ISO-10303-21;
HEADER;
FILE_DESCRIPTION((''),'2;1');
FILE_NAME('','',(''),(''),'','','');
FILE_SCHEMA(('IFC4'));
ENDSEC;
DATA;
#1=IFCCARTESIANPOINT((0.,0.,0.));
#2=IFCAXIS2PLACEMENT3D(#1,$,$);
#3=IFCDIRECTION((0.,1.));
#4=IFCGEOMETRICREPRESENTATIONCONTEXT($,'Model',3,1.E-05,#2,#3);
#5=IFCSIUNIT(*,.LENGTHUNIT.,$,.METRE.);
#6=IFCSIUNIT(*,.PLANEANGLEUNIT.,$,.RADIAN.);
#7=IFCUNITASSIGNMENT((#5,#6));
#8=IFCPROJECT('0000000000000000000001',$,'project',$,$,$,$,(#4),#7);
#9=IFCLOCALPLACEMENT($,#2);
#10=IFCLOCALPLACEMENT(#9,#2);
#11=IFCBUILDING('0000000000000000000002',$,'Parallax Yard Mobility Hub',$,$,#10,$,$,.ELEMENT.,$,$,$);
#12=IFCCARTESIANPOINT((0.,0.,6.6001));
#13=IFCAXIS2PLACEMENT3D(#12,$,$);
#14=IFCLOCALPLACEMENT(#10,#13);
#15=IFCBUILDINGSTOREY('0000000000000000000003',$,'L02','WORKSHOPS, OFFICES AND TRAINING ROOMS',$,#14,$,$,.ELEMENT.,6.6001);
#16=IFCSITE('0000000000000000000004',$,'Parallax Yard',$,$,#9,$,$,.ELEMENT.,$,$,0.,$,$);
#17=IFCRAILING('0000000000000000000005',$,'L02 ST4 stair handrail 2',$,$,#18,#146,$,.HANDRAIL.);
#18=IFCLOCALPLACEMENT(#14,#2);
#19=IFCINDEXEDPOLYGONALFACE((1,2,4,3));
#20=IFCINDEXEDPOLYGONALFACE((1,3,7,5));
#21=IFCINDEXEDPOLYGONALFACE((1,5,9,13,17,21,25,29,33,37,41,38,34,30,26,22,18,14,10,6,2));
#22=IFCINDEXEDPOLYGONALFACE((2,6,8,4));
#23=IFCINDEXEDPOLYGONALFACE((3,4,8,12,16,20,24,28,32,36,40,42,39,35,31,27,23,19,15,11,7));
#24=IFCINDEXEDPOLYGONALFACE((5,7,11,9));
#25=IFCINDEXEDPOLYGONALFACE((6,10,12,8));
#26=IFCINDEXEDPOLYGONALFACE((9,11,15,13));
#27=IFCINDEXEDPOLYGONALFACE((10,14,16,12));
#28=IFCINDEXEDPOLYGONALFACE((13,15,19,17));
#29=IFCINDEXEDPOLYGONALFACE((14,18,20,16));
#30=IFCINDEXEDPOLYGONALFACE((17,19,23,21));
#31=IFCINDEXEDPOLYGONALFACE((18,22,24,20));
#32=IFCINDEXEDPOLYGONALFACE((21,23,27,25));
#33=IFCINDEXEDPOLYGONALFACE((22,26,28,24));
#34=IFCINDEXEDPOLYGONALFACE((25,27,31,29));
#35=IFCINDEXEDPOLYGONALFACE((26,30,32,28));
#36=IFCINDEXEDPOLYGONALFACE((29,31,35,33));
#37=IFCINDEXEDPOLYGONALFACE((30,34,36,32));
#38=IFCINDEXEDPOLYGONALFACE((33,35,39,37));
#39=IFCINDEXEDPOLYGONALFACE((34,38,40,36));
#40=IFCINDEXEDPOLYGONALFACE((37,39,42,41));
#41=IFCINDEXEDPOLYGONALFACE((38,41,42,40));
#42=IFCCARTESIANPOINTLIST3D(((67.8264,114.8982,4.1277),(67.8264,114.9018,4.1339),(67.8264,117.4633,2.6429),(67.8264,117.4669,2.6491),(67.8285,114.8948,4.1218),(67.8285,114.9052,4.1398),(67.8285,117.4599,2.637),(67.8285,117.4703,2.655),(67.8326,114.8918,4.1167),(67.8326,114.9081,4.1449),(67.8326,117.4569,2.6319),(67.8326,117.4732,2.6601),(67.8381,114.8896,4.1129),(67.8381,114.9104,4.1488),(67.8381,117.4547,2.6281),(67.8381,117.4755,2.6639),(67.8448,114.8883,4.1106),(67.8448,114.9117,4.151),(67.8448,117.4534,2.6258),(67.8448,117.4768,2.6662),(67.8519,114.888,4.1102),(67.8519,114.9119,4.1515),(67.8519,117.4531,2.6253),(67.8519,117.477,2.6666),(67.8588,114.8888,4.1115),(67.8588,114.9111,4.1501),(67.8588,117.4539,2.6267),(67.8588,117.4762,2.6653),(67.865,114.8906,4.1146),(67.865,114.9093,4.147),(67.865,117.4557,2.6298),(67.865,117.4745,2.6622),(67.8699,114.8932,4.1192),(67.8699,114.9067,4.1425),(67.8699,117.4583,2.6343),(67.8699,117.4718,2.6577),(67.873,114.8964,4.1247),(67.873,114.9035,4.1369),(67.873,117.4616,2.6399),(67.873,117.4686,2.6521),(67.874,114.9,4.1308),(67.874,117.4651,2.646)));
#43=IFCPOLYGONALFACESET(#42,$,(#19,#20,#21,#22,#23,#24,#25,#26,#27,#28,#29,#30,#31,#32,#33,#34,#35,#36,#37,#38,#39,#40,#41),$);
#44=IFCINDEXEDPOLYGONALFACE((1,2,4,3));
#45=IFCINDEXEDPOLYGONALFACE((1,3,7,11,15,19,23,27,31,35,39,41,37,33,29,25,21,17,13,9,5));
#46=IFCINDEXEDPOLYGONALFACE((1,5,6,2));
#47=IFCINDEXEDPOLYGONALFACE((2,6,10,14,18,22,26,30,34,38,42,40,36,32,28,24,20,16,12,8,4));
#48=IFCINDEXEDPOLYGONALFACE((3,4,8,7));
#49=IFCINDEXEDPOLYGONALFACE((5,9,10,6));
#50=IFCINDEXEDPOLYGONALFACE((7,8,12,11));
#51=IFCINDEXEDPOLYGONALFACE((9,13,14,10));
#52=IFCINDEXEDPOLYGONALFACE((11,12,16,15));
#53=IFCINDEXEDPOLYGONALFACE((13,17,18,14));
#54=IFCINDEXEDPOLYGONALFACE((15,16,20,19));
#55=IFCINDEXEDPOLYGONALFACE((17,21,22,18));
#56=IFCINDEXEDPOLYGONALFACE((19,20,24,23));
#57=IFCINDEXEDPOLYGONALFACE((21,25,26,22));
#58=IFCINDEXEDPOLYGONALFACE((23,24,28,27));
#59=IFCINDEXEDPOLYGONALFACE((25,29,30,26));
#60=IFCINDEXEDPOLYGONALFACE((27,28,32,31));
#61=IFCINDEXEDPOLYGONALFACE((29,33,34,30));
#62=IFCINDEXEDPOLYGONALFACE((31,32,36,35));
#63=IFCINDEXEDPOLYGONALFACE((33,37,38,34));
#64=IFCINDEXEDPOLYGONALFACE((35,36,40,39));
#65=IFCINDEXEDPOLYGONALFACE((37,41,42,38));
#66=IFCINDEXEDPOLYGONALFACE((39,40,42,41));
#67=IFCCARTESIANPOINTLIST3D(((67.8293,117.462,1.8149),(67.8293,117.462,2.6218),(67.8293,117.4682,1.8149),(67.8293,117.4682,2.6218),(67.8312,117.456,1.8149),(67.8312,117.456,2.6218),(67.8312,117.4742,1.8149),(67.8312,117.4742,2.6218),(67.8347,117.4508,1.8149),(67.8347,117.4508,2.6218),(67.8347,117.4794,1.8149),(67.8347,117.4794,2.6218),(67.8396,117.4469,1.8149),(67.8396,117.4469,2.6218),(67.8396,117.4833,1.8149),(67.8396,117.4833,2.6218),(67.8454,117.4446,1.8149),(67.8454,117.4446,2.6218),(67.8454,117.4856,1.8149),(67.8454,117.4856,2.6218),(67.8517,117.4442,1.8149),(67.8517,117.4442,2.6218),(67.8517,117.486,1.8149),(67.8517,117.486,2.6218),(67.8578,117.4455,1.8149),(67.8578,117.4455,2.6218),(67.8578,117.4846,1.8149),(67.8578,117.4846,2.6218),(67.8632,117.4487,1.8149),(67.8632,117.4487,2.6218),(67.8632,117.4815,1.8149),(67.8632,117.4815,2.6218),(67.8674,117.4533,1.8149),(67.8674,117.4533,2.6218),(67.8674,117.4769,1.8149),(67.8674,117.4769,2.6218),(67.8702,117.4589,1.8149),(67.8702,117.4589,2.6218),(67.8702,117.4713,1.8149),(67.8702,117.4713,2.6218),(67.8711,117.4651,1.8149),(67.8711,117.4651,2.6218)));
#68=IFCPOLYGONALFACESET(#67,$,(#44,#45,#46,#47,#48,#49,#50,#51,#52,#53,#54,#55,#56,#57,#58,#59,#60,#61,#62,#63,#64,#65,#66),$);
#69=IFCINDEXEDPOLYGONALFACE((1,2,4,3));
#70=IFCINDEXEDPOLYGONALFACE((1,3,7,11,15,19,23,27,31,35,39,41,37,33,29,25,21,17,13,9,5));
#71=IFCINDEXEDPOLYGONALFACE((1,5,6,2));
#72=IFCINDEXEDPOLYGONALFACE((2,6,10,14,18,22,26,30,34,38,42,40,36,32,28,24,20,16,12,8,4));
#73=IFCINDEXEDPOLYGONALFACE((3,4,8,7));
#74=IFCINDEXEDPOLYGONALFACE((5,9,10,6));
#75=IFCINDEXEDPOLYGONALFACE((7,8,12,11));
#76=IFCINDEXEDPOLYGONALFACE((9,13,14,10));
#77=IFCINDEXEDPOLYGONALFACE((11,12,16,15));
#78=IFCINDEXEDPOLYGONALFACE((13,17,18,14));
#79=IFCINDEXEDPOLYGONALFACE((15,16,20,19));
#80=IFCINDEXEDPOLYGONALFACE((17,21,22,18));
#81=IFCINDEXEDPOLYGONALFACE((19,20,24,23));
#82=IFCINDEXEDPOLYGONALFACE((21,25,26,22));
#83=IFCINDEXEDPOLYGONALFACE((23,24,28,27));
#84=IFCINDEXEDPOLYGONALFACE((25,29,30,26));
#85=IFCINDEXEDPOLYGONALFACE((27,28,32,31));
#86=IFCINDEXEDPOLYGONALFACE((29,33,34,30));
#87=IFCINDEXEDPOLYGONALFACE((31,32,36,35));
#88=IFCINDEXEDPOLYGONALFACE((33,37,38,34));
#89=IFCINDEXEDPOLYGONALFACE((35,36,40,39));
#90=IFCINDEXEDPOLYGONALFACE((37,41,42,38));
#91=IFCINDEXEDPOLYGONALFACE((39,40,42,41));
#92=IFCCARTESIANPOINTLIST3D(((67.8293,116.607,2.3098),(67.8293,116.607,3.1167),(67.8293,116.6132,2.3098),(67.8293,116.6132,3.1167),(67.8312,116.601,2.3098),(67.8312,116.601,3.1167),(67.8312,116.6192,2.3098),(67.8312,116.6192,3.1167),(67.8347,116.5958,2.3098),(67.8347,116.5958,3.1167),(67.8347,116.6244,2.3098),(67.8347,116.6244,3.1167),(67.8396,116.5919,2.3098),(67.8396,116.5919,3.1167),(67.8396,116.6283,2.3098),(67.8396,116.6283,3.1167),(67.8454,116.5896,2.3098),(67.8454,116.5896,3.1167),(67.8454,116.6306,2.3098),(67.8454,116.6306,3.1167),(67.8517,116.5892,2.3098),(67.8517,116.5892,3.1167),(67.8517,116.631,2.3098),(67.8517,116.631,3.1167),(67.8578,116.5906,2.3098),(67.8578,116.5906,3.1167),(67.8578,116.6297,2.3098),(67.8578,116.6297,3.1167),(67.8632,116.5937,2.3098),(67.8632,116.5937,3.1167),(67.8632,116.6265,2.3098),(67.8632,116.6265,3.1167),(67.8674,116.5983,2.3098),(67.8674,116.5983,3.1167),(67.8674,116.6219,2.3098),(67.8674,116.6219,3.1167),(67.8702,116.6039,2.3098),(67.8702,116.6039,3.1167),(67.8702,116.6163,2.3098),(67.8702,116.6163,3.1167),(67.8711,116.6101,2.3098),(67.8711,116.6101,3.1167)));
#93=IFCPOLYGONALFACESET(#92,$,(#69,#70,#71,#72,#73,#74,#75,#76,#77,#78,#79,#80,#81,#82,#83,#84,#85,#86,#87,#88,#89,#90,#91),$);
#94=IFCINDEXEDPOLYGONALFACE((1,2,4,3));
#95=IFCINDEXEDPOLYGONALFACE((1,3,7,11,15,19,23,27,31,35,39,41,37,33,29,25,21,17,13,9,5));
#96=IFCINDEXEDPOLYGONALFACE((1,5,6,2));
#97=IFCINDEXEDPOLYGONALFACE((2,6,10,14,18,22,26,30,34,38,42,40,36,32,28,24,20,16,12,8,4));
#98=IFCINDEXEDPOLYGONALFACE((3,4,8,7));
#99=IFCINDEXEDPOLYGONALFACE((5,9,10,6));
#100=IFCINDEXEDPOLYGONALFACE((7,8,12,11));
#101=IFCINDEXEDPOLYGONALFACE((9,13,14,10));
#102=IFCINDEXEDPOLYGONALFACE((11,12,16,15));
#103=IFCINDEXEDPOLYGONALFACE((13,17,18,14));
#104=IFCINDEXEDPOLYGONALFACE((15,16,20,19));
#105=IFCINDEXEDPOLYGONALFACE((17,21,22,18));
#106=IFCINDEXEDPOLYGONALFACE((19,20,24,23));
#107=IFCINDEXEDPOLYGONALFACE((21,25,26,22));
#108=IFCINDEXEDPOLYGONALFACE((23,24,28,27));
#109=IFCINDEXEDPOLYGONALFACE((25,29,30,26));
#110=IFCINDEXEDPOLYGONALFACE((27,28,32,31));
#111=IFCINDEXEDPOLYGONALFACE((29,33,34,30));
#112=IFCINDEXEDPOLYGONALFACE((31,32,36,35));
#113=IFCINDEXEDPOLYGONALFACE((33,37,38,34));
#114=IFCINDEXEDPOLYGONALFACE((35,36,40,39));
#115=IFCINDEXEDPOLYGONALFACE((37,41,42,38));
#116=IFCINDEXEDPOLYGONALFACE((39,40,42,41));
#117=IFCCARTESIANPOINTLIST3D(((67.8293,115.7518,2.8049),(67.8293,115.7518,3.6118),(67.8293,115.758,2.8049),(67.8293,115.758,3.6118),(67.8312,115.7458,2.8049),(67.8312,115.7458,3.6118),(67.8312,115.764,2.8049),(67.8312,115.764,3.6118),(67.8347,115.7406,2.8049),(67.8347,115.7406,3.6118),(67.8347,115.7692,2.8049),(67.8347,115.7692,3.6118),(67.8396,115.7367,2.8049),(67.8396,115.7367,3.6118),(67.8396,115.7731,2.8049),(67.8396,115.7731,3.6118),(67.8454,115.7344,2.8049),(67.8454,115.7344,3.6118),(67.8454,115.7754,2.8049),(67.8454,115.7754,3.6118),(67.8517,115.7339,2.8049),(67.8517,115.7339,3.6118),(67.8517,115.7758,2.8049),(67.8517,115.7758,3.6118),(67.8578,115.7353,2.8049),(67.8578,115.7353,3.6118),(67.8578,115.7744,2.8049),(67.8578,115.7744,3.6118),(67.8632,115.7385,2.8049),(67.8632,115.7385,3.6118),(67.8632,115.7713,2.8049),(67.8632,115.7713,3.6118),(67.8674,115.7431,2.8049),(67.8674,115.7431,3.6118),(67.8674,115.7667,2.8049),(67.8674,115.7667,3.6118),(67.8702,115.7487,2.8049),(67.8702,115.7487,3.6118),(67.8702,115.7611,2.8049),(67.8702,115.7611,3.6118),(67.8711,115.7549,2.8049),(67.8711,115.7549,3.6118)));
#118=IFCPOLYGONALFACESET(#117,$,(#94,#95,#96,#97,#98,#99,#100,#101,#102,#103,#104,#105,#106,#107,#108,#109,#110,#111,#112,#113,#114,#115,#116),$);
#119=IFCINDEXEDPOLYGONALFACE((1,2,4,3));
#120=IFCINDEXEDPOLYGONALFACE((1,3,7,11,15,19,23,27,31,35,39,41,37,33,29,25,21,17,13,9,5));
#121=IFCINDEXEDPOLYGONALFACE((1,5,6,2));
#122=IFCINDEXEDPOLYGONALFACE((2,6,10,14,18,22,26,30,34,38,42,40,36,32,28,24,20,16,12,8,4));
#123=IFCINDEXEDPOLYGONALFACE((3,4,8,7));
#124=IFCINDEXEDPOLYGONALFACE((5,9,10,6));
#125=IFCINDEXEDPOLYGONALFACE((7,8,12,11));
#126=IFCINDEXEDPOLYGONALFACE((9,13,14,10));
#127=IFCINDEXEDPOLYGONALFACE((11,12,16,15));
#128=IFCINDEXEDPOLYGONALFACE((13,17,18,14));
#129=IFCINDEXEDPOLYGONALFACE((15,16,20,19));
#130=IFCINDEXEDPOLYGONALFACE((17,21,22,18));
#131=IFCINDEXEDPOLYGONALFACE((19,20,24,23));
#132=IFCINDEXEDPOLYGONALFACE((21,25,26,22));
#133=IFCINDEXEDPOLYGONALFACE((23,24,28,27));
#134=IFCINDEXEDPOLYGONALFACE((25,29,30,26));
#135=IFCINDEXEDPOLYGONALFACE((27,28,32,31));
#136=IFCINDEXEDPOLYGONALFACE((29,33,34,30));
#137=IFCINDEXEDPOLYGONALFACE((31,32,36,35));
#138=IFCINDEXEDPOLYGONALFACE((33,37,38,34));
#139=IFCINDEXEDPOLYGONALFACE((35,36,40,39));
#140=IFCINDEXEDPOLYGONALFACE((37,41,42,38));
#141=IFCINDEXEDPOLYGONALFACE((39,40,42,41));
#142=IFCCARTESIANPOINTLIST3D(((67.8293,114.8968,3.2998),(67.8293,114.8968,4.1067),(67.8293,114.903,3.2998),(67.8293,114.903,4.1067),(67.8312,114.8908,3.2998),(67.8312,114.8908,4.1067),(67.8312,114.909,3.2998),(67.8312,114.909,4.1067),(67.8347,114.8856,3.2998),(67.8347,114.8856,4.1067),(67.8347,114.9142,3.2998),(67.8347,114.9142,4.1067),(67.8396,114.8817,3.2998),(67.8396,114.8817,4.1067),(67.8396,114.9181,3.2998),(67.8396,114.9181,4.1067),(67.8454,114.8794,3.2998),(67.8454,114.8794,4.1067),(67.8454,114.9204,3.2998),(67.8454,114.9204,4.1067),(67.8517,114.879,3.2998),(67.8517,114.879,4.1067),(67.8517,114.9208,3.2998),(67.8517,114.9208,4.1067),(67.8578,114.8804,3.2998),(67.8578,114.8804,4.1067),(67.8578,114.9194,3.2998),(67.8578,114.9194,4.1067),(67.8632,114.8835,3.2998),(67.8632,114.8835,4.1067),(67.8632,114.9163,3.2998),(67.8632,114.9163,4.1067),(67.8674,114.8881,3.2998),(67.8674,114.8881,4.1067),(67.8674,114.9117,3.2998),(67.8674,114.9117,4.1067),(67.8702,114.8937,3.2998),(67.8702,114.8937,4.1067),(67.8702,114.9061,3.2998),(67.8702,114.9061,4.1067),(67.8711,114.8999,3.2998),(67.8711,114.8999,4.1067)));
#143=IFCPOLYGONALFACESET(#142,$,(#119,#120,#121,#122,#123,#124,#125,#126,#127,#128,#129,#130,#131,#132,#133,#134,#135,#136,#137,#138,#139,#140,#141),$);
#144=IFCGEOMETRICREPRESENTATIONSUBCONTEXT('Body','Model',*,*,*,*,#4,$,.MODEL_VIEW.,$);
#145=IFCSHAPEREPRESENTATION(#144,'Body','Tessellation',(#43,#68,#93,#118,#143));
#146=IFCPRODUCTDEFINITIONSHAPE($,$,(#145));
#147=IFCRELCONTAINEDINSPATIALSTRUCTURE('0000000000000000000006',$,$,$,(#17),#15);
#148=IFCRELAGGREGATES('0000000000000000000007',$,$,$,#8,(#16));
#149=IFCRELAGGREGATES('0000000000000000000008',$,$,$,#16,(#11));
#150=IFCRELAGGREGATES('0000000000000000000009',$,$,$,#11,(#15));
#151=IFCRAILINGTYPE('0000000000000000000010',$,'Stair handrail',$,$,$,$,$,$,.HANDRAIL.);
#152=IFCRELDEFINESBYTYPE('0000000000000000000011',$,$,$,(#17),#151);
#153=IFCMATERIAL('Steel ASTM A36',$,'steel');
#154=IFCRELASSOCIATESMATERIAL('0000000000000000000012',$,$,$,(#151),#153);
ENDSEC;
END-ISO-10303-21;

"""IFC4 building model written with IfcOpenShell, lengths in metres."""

from ifc_helpers import new_model, si_unit, direction, frame, origin, origin_2d, place, context, subcontext, project, spatial, circle, extrude, material, type_object, element, save


model = new_model("IFC4")

# Units and contexts
model_context = context("Model", 3, precision=1e-05, world=origin(), true_north=direction((0.0, 1.0)))
body_context = subcontext(model_context, "Body", "Model", "MODEL_VIEW")
ifc_project = project(units=[si_unit("LENGTHUNIT", "METRE"), si_unit("PLANEANGLEUNIT", "RADIAN")], contexts=[model_context])

# Site, building, storey
site_placement = place(None, origin())
site = spatial("IfcSite", under=ifc_project, at=site_placement, Name="Parallax Yard", CompositionType="ELEMENT", RefElevation=0.0)
building_placement = place(site_placement, origin())
building = spatial("IfcBuilding", under=site, at=building_placement, Name="Parallax Yard Mobility Hub", CompositionType="ELEMENT")
storey_placement = place(building_placement, frame((0.0, 0.0, 6.6001)))
storey = spatial("IfcBuildingStorey", under=building, at=storey_placement, Name="L02", Description="WORKSHOPS, OFFICES AND TRAINING ROOMS", CompositionType="ELEMENT", Elevation=6.6001)

# Railing
ifc_material_1 = material(Name="Steel ASTM A36", Category="steel")
railing_type_1 = type_object("IfcRailingType", Name="Stair handrail", PredefinedType="HANDRAIL", material=ifc_material_1)
railing_1_placement = place(storey_placement, frame((67.8501, 117.4651, 1.8149)))
element("IfcRailing", 1, at=railing_1_placement, inside=storey, type_object=railing_type_1, Name="L02 ST4 stair handrail 2", PredefinedType="HANDRAIL", context=body_context, shape_type="SweptSolid", body=[
    extrude(circle(Radius=0.0239, at=origin_2d()), frame((0.0, 0.0, 0.8311), z_axis=(0.0, -0.865462, 0.500975), x_axis=(1.0, 0.0, 0.0)), (0.0, 0.0, 1.0), 2.9639),
    extrude(circle(Radius=0.021, at=origin_2d()), origin(), (0.0, 0.0, 1.0), 0.8069),
    extrude(circle(Radius=0.021, at=origin_2d()), frame((0.0, -0.855, 0.4949)), (0.0, 0.0, 1.0), 0.8069),
    extrude(circle(Radius=0.021, at=origin_2d()), frame((0.0, -1.7102, 0.99)), (0.0, 0.0, 1.0), 0.8069),
    extrude(circle(Radius=0.021, at=origin_2d()), frame((0.0, -2.5652, 1.4849)), (0.0, 0.0, 1.0), 0.8069),
])

save(model, "model.ifc")
